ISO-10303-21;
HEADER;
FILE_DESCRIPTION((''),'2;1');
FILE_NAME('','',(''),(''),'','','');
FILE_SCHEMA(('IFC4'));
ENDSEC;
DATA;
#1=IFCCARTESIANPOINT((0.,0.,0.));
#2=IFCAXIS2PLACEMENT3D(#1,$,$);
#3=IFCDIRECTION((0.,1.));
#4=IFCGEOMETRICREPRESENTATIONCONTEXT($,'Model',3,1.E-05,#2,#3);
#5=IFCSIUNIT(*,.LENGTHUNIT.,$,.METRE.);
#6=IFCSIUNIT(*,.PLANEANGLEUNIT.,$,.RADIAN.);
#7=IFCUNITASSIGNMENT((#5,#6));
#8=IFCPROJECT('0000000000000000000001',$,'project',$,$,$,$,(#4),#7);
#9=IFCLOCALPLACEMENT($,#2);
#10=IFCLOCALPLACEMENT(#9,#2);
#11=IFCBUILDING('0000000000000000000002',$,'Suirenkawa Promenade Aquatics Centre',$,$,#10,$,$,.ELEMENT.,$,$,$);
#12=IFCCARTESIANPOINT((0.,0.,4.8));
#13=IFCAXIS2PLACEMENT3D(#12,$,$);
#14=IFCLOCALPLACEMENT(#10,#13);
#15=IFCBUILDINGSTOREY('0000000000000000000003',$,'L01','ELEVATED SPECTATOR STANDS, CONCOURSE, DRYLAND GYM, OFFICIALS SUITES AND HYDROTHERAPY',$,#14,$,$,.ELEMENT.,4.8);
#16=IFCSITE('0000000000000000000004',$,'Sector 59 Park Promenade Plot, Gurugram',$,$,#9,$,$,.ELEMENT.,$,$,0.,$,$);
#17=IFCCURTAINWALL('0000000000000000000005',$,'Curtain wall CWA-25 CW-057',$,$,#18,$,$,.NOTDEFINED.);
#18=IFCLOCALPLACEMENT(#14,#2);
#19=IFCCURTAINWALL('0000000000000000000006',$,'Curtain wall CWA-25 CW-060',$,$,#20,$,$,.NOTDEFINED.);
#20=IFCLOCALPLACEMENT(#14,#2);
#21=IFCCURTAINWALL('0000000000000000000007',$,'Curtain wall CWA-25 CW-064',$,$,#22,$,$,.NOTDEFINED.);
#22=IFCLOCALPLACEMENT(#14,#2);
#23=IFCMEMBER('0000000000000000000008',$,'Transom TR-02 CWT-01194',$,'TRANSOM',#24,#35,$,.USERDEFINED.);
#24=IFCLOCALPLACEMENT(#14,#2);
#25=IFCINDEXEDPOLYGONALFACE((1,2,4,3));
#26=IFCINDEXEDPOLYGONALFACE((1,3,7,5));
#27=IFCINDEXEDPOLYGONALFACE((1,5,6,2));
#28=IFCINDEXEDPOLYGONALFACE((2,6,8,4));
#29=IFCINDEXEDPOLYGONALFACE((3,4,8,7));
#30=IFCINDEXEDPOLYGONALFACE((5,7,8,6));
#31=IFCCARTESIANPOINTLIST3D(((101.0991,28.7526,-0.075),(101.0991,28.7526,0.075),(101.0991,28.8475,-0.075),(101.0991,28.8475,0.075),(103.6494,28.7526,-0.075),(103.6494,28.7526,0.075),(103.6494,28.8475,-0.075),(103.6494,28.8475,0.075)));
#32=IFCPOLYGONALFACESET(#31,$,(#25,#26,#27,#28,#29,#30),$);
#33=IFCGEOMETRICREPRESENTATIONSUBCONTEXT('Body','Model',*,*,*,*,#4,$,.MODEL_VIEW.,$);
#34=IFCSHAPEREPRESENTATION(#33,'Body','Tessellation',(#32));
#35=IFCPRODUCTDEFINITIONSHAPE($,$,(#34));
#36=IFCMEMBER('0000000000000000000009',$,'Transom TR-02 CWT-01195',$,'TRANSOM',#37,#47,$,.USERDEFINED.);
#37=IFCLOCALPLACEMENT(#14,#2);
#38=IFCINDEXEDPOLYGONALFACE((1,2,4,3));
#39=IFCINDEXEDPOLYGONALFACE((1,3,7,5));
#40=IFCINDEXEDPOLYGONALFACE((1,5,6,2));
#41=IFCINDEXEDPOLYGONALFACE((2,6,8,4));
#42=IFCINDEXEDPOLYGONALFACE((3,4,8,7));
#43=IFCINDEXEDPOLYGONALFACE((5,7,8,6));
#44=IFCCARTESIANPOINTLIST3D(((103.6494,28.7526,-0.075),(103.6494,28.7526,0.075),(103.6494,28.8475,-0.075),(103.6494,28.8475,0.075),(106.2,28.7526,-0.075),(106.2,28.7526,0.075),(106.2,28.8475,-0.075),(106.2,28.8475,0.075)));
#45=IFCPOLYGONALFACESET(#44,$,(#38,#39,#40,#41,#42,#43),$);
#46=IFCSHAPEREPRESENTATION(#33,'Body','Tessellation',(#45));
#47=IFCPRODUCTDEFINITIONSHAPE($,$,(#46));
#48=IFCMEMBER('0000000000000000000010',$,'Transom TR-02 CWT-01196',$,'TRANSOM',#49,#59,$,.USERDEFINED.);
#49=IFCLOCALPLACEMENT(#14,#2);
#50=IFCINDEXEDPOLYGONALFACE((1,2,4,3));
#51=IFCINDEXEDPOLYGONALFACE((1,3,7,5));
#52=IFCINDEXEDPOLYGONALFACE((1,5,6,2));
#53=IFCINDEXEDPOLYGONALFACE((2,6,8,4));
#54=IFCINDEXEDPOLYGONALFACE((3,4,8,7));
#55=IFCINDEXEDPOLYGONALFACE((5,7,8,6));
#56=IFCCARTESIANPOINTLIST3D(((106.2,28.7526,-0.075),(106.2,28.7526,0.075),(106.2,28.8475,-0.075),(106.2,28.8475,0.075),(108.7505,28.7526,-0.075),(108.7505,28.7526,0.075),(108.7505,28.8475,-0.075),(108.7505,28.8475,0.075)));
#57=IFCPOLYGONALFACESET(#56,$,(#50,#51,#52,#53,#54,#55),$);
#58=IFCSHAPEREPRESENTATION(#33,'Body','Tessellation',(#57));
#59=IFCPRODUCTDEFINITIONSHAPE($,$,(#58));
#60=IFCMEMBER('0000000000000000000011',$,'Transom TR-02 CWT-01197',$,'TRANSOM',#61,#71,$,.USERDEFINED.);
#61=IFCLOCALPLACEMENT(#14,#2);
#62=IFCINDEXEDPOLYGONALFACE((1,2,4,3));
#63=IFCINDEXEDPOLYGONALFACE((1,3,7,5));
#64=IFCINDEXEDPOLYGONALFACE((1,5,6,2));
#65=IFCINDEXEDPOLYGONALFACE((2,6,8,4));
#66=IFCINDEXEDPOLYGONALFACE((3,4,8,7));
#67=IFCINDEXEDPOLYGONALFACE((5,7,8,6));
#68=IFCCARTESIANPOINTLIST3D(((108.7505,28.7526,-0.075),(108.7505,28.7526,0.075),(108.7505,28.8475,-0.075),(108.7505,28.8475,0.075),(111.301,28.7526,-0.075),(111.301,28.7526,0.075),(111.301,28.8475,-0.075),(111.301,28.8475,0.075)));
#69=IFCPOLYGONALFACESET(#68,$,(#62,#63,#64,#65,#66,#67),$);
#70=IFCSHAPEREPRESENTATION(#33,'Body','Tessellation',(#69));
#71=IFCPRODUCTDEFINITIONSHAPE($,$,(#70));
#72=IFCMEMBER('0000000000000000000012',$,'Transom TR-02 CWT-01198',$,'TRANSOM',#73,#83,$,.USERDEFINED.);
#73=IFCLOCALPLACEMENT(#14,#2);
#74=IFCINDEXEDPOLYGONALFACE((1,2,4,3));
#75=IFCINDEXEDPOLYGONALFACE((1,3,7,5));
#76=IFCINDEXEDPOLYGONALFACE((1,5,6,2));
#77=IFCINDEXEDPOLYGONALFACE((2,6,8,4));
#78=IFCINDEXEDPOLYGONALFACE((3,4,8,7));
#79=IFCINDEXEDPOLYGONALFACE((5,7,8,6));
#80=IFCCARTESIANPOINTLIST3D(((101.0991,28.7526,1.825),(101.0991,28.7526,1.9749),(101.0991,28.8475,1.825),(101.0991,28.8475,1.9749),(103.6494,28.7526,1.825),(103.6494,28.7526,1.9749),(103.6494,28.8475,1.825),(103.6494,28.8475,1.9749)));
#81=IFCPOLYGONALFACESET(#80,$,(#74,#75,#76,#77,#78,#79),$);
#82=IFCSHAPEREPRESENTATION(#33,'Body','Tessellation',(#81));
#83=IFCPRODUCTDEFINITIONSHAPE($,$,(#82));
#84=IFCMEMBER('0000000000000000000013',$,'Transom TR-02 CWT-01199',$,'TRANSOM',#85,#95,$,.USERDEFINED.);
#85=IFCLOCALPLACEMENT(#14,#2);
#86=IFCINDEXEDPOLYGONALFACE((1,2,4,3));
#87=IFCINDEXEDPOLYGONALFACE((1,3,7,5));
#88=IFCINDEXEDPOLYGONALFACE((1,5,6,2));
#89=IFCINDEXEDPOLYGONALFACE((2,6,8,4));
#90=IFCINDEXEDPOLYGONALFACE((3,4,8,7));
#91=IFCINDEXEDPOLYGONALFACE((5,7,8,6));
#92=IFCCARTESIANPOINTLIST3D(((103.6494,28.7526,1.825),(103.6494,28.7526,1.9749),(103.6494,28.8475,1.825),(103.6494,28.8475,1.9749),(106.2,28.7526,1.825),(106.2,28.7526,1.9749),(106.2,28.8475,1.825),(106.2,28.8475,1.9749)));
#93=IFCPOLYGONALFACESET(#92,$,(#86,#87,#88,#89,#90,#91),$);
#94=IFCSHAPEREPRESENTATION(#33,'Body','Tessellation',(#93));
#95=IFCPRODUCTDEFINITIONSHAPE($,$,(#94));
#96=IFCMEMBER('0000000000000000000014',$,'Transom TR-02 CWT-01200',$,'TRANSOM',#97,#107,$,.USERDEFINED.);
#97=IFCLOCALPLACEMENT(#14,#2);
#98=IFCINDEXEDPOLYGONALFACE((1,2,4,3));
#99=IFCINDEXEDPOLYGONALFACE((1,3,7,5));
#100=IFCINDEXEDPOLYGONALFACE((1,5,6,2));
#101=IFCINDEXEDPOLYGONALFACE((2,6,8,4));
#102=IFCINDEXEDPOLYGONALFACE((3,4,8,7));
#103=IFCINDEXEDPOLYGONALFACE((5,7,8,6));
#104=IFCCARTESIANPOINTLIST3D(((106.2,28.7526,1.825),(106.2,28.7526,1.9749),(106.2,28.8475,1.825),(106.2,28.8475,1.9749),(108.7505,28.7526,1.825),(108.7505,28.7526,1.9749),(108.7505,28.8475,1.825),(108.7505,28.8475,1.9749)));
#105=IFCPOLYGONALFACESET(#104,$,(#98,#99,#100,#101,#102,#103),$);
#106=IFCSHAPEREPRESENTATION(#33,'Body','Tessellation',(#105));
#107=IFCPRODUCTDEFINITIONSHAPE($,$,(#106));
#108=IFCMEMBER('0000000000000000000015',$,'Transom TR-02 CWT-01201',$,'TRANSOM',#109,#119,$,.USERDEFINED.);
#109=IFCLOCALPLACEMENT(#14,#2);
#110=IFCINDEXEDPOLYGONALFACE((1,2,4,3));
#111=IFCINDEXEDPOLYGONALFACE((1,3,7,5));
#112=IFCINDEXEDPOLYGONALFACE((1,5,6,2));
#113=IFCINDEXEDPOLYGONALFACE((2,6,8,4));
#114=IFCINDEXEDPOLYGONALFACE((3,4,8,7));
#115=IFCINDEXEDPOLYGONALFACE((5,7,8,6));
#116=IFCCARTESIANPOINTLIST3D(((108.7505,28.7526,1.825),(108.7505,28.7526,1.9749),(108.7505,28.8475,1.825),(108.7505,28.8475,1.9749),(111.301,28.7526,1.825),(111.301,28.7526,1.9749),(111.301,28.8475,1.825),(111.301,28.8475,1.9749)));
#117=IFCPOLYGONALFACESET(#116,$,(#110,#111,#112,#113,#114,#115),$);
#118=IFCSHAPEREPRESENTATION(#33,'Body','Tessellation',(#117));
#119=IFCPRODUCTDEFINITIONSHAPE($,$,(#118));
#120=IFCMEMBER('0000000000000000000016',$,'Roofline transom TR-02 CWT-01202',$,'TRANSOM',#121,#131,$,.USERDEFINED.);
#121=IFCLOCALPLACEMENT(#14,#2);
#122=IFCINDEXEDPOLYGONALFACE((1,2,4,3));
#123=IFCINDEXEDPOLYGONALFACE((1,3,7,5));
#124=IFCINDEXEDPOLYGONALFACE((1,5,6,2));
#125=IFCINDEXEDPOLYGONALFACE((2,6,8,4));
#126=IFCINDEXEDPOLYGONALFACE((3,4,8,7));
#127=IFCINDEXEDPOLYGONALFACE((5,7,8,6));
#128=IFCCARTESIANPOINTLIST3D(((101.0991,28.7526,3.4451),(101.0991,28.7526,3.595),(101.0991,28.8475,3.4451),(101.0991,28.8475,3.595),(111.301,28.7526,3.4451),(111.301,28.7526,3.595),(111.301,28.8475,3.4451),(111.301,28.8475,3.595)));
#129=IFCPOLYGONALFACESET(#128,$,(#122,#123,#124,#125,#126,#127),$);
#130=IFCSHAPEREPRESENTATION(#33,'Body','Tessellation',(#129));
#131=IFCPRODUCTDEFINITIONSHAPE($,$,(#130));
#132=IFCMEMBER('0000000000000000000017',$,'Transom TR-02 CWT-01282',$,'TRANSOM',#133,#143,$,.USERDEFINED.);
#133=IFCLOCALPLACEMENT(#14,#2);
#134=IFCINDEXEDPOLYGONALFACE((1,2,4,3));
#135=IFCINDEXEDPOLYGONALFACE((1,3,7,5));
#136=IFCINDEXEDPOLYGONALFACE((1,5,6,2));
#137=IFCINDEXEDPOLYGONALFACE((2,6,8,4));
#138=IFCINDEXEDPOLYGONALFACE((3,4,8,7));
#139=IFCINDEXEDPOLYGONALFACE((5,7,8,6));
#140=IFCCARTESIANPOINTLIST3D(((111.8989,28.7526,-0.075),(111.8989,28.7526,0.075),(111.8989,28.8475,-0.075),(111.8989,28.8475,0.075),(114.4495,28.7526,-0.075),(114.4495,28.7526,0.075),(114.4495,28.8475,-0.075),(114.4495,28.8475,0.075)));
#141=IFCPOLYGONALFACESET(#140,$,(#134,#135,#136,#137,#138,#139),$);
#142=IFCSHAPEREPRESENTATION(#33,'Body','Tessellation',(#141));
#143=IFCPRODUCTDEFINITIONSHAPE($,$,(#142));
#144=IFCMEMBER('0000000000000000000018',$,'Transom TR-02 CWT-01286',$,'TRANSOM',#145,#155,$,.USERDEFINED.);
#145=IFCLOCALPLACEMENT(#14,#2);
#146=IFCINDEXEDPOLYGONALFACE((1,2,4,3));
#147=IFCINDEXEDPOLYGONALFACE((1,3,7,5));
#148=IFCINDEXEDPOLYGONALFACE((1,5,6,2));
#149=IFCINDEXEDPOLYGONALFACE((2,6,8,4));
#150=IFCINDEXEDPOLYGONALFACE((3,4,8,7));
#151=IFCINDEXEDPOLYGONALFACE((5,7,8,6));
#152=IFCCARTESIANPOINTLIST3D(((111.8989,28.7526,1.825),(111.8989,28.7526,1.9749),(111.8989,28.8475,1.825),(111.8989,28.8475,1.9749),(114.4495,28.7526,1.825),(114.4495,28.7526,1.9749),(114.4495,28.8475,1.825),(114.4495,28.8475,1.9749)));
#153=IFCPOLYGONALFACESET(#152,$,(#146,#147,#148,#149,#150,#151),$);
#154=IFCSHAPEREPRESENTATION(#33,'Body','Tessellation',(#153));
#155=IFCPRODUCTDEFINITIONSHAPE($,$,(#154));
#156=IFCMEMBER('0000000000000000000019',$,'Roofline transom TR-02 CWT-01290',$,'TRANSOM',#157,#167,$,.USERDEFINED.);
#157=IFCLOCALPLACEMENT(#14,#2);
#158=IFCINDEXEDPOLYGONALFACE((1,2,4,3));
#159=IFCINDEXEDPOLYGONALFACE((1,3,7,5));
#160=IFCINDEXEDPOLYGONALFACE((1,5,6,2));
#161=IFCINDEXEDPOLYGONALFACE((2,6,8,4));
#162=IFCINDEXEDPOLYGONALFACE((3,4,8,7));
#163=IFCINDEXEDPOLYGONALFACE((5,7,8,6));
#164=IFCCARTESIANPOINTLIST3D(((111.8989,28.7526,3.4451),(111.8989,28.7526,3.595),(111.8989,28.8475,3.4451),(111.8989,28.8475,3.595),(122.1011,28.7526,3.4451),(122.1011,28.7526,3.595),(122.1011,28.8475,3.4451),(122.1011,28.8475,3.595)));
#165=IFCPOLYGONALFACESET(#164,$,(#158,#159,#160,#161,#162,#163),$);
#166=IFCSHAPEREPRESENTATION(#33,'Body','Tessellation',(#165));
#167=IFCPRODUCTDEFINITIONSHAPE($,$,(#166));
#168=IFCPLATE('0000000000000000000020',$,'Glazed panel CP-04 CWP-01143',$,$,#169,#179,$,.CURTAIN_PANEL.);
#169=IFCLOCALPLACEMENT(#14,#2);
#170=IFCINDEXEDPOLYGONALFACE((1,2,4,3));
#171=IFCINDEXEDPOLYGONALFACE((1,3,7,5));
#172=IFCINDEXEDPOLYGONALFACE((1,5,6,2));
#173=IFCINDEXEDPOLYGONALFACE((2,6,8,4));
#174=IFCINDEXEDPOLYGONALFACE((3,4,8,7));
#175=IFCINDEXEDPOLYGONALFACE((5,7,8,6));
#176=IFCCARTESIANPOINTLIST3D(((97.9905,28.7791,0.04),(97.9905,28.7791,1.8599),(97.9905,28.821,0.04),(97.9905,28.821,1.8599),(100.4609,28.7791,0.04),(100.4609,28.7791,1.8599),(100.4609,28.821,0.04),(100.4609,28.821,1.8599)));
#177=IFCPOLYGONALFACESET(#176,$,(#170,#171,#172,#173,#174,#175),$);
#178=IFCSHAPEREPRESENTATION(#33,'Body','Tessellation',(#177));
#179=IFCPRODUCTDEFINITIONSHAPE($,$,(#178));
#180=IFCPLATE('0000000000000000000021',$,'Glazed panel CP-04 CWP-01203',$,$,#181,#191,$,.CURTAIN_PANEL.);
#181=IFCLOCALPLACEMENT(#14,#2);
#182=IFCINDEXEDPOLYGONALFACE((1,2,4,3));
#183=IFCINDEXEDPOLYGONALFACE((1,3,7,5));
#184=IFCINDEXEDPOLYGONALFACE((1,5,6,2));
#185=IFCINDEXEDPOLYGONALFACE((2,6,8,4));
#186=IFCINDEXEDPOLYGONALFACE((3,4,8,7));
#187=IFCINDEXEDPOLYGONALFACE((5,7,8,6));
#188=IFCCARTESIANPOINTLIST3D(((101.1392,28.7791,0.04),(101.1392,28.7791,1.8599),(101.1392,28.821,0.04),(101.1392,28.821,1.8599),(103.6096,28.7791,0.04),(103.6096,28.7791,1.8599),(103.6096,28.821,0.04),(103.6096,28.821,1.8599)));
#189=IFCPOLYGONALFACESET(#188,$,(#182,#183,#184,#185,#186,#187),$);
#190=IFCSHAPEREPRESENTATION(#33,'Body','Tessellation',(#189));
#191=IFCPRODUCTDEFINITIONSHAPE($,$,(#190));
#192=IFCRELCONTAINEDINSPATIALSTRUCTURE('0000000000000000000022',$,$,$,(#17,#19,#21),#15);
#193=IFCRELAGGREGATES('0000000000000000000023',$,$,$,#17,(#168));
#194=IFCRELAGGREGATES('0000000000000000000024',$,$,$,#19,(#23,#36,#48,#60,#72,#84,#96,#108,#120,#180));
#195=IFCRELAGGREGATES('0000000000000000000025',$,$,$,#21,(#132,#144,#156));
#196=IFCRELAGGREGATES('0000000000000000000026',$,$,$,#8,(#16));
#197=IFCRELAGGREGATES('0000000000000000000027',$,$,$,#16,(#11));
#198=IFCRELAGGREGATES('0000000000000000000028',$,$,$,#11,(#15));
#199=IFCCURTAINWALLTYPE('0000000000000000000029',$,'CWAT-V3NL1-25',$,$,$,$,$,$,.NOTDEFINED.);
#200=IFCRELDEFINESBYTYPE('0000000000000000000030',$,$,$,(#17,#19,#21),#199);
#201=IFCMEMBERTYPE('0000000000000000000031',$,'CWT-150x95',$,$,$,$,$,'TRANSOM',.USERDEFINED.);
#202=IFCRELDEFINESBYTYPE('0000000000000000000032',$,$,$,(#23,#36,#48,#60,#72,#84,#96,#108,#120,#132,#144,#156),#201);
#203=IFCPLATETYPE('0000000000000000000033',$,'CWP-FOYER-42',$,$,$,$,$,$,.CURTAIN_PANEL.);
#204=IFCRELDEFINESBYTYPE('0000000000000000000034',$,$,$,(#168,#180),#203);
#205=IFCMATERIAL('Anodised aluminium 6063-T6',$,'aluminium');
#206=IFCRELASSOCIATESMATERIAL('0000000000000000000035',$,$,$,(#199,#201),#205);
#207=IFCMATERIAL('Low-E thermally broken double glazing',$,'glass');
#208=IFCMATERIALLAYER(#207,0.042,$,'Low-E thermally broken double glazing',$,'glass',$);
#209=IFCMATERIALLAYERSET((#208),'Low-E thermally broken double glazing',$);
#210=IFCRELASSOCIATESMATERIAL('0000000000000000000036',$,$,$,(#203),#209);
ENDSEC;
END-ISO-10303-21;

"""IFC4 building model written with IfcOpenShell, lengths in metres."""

from ifc_helpers import new_model, si_unit, direction, frame, origin, origin_2d, place, context, subcontext, project, spatial, polyline, rectangle, outline, extrude, material, layer, layer_set, material_profile, profile_set, type_object, element, aggregate, save


model = new_model("IFC4")

# Units and contexts
model_context = context("Model", 3, precision=1e-05, world=origin(), true_north=direction((0.0, 1.0)))
body_context = subcontext(model_context, "Body", "Model", "MODEL_VIEW")
ifc_project = project(units=[si_unit("LENGTHUNIT", "METRE"), si_unit("PLANEANGLEUNIT", "RADIAN")], contexts=[model_context])

# Site, building, storey
site_placement = place(None, origin())
site = spatial("IfcSite", under=ifc_project, at=site_placement, Name="Sector 59 Park Promenade Plot, Gurugram", CompositionType="ELEMENT", RefElevation=0.0)
building_placement = place(site_placement, origin())
building = spatial("IfcBuilding", under=site, at=building_placement, Name="Suirenkawa Promenade Aquatics Centre", CompositionType="ELEMENT")
storey_placement = place(building_placement, frame((0.0, 0.0, 4.8)))
storey = spatial("IfcBuildingStorey", under=building, at=storey_placement, Name="L01", Description="ELEVATED SPECTATOR STANDS, CONCOURSE, DRYLAND GYM, OFFICIALS SUITES AND HYDROTHERAPY", CompositionType="ELEMENT", Elevation=4.8)

# Curtain wall
ifc_material_1 = material(Name="Anodised aluminium 6063-T6", Category="aluminium")
curtain_wall_type = type_object("IfcCurtainWallType", Name="CWAT-V3NL1-25", PredefinedType="NOTDEFINED", material=ifc_material_1)
curtain_wall_1_placement = place(storey_placement, origin())
curtain_wall_1 = element("IfcCurtainWall", 1, at=curtain_wall_1_placement, inside=storey, type_object=curtain_wall_type, Name="Curtain wall CWA-25 CW-057", PredefinedType="NOTDEFINED")

# Curtain wall
curtain_wall_2_placement = place(storey_placement, origin())
curtain_wall_2 = element("IfcCurtainWall", 2, at=curtain_wall_2_placement, inside=storey, type_object=curtain_wall_type, Name="Curtain wall CWA-25 CW-060", PredefinedType="NOTDEFINED")

# Curtain wall
curtain_wall_3_placement = place(storey_placement, origin())
curtain_wall_3 = element("IfcCurtainWall", 3, at=curtain_wall_3_placement, inside=storey, type_object=curtain_wall_type, Name="Curtain wall CWA-25 CW-064", PredefinedType="NOTDEFINED")

# Members
ifc_material_profile_1 = material_profile(ifc_material_1, rectangle(XDim=0.095, YDim=0.1499, at=origin_2d()), Name="ALU TRAN 95x150", Category="aluminium")
ifc_profile_set_1 = profile_set([ifc_material_profile_1], Name="Anodised aluminium 6063-T6")
member_type_1 = type_object("IfcMemberType", Name="CWT-150x95", ElementType="TRANSOM", PredefinedType="USERDEFINED", material=ifc_profile_set_1)
member_1_placement = place(storey_placement, frame((101.0991, 28.8, 0.0), z_axis=(1.0, 0.0, 0.0), x_axis=(0.0, 1.0, 0.0)))
member_1 = element("IfcMember", 4, at=member_1_placement, type_object=member_type_1, Name="Transom TR-02 CWT-01194", ObjectType="TRANSOM", PredefinedType="USERDEFINED", context=body_context, shape_type="SweptSolid", body=[
    extrude(rectangle(XDim=0.095, YDim=0.1499, at=origin_2d()), origin(), (0.0, 0.0, 1.0), 2.5503),
])
member_2_placement = place(storey_placement, frame((103.6494, 28.8, 0.0), z_axis=(1.0, 0.0, 0.0), x_axis=(0.0, 1.0, 0.0)))
member_2 = element("IfcMember", 5, at=member_2_placement, type_object=member_type_1, Name="Transom TR-02 CWT-01195", ObjectType="TRANSOM", PredefinedType="USERDEFINED", context=body_context, shape_type="SweptSolid", body=[
    extrude(rectangle(XDim=0.095, YDim=0.1499, at=origin_2d()), origin(), (0.0, 0.0, 1.0), 2.5505),
])
member_3_placement = place(storey_placement, frame((106.2, 28.8, 0.0), z_axis=(1.0, 0.0, 0.0), x_axis=(0.0, 1.0, 0.0)))
member_3 = element("IfcMember", 6, at=member_3_placement, type_object=member_type_1, Name="Transom TR-02 CWT-01196", ObjectType="TRANSOM", PredefinedType="USERDEFINED", context=body_context, shape_type="SweptSolid", body=[
    extrude(rectangle(XDim=0.095, YDim=0.1499, at=origin_2d()), origin(), (0.0, 0.0, 1.0), 2.5505),
])
member_4_placement = place(storey_placement, frame((108.7505, 28.8, 0.0), z_axis=(1.0, 0.0, 0.0), x_axis=(0.0, 1.0, 0.0)))
member_4 = element("IfcMember", 7, at=member_4_placement, type_object=member_type_1, Name="Transom TR-02 CWT-01197", ObjectType="TRANSOM", PredefinedType="USERDEFINED", context=body_context, shape_type="SweptSolid", body=[
    extrude(rectangle(XDim=0.095, YDim=0.1499, at=origin_2d()), origin(), (0.0, 0.0, 1.0), 2.5505),
])
member_5_placement = place(storey_placement, frame((101.0991, 28.8, 1.8999), z_axis=(1.0, 0.0, 0.0), x_axis=(0.0, 1.0, 0.0)))
member_5 = element("IfcMember", 8, at=member_5_placement, type_object=member_type_1, Name="Transom TR-02 CWT-01198", ObjectType="TRANSOM", PredefinedType="USERDEFINED", context=body_context, shape_type="SweptSolid", body=[
    extrude(rectangle(XDim=0.095, YDim=0.1499, at=origin_2d()), origin(), (0.0, 0.0, 1.0), 2.5503),
])
member_6_placement = place(storey_placement, frame((103.6494, 28.8, 1.8999), z_axis=(1.0, 0.0, 0.0), x_axis=(0.0, 1.0, 0.0)))
member_6 = element("IfcMember", 9, at=member_6_placement, type_object=member_type_1, Name="Transom TR-02 CWT-01199", ObjectType="TRANSOM", PredefinedType="USERDEFINED", context=body_context, shape_type="SweptSolid", body=[
    extrude(rectangle(XDim=0.095, YDim=0.1499, at=origin_2d()), origin(), (0.0, 0.0, 1.0), 2.5505),
])
member_7_placement = place(storey_placement, frame((106.2, 28.8, 1.8999), z_axis=(1.0, 0.0, 0.0), x_axis=(0.0, 1.0, 0.0)))
member_7 = element("IfcMember", 10, at=member_7_placement, type_object=member_type_1, Name="Transom TR-02 CWT-01200", ObjectType="TRANSOM", PredefinedType="USERDEFINED", context=body_context, shape_type="SweptSolid", body=[
    extrude(rectangle(XDim=0.095, YDim=0.1499, at=origin_2d()), origin(), (0.0, 0.0, 1.0), 2.5505),
])
member_8_placement = place(storey_placement, frame((108.7505, 28.8, 1.8999), z_axis=(1.0, 0.0, 0.0), x_axis=(0.0, 1.0, 0.0)))
member_8 = element("IfcMember", 11, at=member_8_placement, type_object=member_type_1, Name="Transom TR-02 CWT-01201", ObjectType="TRANSOM", PredefinedType="USERDEFINED", context=body_context, shape_type="SweptSolid", body=[
    extrude(rectangle(XDim=0.095, YDim=0.1499, at=origin_2d()), origin(), (0.0, 0.0, 1.0), 2.5505),
])
member_9_placement = place(storey_placement, frame((101.0991, 28.8, 3.52), z_axis=(1.0, 0.0, 0.0), x_axis=(0.0, 1.0, 0.0)))
member_9 = element("IfcMember", 12, at=member_9_placement, type_object=member_type_1, Name="Roofline transom TR-02 CWT-01202", ObjectType="TRANSOM", PredefinedType="USERDEFINED", context=body_context, shape_type="SweptSolid", body=[
    extrude(rectangle(XDim=0.095, YDim=0.1499, at=origin_2d()), origin(), (0.0, 0.0, 1.0), 10.2019),
])
member_10_placement = place(storey_placement, frame((111.8989, 28.8, 0.0), z_axis=(1.0, 0.0, 0.0), x_axis=(0.0, 1.0, 0.0)))
member_10 = element("IfcMember", 13, at=member_10_placement, type_object=member_type_1, Name="Transom TR-02 CWT-01282", ObjectType="TRANSOM", PredefinedType="USERDEFINED", context=body_context, shape_type="SweptSolid", body=[
    extrude(rectangle(XDim=0.095, YDim=0.1499, at=origin_2d()), origin(), (0.0, 0.0, 1.0), 2.5505),
])
member_11_placement = place(storey_placement, frame((111.8989, 28.8, 1.8999), z_axis=(1.0, 0.0, 0.0), x_axis=(0.0, 1.0, 0.0)))
member_11 = element("IfcMember", 14, at=member_11_placement, type_object=member_type_1, Name="Transom TR-02 CWT-01286", ObjectType="TRANSOM", PredefinedType="USERDEFINED", context=body_context, shape_type="SweptSolid", body=[
    extrude(rectangle(XDim=0.095, YDim=0.1499, at=origin_2d()), origin(), (0.0, 0.0, 1.0), 2.5505),
])
member_12_placement = place(storey_placement, frame((111.8989, 28.8, 3.52), z_axis=(1.0, 0.0, 0.0), x_axis=(0.0, 1.0, 0.0)))
member_12 = element("IfcMember", 15, at=member_12_placement, type_object=member_type_1, Name="Roofline transom TR-02 CWT-01290", ObjectType="TRANSOM", PredefinedType="USERDEFINED", context=body_context, shape_type="SweptSolid", body=[
    extrude(rectangle(XDim=0.095, YDim=0.1499, at=origin_2d()), origin(), (0.0, 0.0, 1.0), 10.2021),
])

# Plates
ifc_material_2 = material(Name="Low-E thermally broken double glazing", Category="glass")
ifc_layer = layer(ifc_material_2, 0.042, Name="Low-E thermally broken double glazing", Category="glass")
ifc_layer_set = layer_set([ifc_layer], Name="Low-E thermally broken double glazing")
plate_type = type_object("IfcPlateType", Name="CWP-FOYER-42", PredefinedType="CURTAIN_PANEL", material=ifc_layer_set)
plate_1_placement = place(storey_placement, frame((97.9504, 28.8, 0.04), z_axis=(0.0, 0.0, 1.0), x_axis=(1.0, 0.0, 0.0)))
plate_1 = element("IfcPlate", 16, at=plate_1_placement, type_object=plate_type, Name="Glazed panel CP-04 CWP-01143", PredefinedType="CURTAIN_PANEL", context=body_context, shape_type="SweptSolid", body=[
    extrude(outline(polyline([(0.04, 0.0), (2.5105, 0.0), (2.5105, 1.8198), (0.04, 1.8198), (0.04, 0.0)])), frame((0.0, 0.021, 0.0), z_axis=(0.0, -1.0, 0.0), x_axis=(1.0, 0.0, 0.0)), (0.0, 0.0, 1.0), 0.042),
])
aggregate(curtain_wall_1, [plate_1])
plate_2_placement = place(storey_placement, frame((101.0991, 28.8, 0.04), z_axis=(0.0, 0.0, 1.0), x_axis=(1.0, 0.0, 0.0)))
plate_2 = element("IfcPlate", 17, at=plate_2_placement, type_object=plate_type, Name="Glazed panel CP-04 CWP-01203", PredefinedType="CURTAIN_PANEL", context=body_context, shape_type="SweptSolid", body=[
    extrude(outline(polyline([(0.04, 0.0), (2.5105, 0.0), (2.5105, 1.8198), (0.04, 1.8198), (0.04, 0.0)])), frame((0.0, 0.021, 0.0), z_axis=(0.0, -1.0, 0.0), x_axis=(1.0, 0.0, 0.0)), (0.0, 0.0, 1.0), 0.042),
])
aggregate(curtain_wall_2, [member_1, member_2, member_3, member_4, member_5, member_6, member_7, member_8, member_9, plate_2])
aggregate(curtain_wall_3, [member_10, member_11, member_12])

save(model, "model.ifc")
